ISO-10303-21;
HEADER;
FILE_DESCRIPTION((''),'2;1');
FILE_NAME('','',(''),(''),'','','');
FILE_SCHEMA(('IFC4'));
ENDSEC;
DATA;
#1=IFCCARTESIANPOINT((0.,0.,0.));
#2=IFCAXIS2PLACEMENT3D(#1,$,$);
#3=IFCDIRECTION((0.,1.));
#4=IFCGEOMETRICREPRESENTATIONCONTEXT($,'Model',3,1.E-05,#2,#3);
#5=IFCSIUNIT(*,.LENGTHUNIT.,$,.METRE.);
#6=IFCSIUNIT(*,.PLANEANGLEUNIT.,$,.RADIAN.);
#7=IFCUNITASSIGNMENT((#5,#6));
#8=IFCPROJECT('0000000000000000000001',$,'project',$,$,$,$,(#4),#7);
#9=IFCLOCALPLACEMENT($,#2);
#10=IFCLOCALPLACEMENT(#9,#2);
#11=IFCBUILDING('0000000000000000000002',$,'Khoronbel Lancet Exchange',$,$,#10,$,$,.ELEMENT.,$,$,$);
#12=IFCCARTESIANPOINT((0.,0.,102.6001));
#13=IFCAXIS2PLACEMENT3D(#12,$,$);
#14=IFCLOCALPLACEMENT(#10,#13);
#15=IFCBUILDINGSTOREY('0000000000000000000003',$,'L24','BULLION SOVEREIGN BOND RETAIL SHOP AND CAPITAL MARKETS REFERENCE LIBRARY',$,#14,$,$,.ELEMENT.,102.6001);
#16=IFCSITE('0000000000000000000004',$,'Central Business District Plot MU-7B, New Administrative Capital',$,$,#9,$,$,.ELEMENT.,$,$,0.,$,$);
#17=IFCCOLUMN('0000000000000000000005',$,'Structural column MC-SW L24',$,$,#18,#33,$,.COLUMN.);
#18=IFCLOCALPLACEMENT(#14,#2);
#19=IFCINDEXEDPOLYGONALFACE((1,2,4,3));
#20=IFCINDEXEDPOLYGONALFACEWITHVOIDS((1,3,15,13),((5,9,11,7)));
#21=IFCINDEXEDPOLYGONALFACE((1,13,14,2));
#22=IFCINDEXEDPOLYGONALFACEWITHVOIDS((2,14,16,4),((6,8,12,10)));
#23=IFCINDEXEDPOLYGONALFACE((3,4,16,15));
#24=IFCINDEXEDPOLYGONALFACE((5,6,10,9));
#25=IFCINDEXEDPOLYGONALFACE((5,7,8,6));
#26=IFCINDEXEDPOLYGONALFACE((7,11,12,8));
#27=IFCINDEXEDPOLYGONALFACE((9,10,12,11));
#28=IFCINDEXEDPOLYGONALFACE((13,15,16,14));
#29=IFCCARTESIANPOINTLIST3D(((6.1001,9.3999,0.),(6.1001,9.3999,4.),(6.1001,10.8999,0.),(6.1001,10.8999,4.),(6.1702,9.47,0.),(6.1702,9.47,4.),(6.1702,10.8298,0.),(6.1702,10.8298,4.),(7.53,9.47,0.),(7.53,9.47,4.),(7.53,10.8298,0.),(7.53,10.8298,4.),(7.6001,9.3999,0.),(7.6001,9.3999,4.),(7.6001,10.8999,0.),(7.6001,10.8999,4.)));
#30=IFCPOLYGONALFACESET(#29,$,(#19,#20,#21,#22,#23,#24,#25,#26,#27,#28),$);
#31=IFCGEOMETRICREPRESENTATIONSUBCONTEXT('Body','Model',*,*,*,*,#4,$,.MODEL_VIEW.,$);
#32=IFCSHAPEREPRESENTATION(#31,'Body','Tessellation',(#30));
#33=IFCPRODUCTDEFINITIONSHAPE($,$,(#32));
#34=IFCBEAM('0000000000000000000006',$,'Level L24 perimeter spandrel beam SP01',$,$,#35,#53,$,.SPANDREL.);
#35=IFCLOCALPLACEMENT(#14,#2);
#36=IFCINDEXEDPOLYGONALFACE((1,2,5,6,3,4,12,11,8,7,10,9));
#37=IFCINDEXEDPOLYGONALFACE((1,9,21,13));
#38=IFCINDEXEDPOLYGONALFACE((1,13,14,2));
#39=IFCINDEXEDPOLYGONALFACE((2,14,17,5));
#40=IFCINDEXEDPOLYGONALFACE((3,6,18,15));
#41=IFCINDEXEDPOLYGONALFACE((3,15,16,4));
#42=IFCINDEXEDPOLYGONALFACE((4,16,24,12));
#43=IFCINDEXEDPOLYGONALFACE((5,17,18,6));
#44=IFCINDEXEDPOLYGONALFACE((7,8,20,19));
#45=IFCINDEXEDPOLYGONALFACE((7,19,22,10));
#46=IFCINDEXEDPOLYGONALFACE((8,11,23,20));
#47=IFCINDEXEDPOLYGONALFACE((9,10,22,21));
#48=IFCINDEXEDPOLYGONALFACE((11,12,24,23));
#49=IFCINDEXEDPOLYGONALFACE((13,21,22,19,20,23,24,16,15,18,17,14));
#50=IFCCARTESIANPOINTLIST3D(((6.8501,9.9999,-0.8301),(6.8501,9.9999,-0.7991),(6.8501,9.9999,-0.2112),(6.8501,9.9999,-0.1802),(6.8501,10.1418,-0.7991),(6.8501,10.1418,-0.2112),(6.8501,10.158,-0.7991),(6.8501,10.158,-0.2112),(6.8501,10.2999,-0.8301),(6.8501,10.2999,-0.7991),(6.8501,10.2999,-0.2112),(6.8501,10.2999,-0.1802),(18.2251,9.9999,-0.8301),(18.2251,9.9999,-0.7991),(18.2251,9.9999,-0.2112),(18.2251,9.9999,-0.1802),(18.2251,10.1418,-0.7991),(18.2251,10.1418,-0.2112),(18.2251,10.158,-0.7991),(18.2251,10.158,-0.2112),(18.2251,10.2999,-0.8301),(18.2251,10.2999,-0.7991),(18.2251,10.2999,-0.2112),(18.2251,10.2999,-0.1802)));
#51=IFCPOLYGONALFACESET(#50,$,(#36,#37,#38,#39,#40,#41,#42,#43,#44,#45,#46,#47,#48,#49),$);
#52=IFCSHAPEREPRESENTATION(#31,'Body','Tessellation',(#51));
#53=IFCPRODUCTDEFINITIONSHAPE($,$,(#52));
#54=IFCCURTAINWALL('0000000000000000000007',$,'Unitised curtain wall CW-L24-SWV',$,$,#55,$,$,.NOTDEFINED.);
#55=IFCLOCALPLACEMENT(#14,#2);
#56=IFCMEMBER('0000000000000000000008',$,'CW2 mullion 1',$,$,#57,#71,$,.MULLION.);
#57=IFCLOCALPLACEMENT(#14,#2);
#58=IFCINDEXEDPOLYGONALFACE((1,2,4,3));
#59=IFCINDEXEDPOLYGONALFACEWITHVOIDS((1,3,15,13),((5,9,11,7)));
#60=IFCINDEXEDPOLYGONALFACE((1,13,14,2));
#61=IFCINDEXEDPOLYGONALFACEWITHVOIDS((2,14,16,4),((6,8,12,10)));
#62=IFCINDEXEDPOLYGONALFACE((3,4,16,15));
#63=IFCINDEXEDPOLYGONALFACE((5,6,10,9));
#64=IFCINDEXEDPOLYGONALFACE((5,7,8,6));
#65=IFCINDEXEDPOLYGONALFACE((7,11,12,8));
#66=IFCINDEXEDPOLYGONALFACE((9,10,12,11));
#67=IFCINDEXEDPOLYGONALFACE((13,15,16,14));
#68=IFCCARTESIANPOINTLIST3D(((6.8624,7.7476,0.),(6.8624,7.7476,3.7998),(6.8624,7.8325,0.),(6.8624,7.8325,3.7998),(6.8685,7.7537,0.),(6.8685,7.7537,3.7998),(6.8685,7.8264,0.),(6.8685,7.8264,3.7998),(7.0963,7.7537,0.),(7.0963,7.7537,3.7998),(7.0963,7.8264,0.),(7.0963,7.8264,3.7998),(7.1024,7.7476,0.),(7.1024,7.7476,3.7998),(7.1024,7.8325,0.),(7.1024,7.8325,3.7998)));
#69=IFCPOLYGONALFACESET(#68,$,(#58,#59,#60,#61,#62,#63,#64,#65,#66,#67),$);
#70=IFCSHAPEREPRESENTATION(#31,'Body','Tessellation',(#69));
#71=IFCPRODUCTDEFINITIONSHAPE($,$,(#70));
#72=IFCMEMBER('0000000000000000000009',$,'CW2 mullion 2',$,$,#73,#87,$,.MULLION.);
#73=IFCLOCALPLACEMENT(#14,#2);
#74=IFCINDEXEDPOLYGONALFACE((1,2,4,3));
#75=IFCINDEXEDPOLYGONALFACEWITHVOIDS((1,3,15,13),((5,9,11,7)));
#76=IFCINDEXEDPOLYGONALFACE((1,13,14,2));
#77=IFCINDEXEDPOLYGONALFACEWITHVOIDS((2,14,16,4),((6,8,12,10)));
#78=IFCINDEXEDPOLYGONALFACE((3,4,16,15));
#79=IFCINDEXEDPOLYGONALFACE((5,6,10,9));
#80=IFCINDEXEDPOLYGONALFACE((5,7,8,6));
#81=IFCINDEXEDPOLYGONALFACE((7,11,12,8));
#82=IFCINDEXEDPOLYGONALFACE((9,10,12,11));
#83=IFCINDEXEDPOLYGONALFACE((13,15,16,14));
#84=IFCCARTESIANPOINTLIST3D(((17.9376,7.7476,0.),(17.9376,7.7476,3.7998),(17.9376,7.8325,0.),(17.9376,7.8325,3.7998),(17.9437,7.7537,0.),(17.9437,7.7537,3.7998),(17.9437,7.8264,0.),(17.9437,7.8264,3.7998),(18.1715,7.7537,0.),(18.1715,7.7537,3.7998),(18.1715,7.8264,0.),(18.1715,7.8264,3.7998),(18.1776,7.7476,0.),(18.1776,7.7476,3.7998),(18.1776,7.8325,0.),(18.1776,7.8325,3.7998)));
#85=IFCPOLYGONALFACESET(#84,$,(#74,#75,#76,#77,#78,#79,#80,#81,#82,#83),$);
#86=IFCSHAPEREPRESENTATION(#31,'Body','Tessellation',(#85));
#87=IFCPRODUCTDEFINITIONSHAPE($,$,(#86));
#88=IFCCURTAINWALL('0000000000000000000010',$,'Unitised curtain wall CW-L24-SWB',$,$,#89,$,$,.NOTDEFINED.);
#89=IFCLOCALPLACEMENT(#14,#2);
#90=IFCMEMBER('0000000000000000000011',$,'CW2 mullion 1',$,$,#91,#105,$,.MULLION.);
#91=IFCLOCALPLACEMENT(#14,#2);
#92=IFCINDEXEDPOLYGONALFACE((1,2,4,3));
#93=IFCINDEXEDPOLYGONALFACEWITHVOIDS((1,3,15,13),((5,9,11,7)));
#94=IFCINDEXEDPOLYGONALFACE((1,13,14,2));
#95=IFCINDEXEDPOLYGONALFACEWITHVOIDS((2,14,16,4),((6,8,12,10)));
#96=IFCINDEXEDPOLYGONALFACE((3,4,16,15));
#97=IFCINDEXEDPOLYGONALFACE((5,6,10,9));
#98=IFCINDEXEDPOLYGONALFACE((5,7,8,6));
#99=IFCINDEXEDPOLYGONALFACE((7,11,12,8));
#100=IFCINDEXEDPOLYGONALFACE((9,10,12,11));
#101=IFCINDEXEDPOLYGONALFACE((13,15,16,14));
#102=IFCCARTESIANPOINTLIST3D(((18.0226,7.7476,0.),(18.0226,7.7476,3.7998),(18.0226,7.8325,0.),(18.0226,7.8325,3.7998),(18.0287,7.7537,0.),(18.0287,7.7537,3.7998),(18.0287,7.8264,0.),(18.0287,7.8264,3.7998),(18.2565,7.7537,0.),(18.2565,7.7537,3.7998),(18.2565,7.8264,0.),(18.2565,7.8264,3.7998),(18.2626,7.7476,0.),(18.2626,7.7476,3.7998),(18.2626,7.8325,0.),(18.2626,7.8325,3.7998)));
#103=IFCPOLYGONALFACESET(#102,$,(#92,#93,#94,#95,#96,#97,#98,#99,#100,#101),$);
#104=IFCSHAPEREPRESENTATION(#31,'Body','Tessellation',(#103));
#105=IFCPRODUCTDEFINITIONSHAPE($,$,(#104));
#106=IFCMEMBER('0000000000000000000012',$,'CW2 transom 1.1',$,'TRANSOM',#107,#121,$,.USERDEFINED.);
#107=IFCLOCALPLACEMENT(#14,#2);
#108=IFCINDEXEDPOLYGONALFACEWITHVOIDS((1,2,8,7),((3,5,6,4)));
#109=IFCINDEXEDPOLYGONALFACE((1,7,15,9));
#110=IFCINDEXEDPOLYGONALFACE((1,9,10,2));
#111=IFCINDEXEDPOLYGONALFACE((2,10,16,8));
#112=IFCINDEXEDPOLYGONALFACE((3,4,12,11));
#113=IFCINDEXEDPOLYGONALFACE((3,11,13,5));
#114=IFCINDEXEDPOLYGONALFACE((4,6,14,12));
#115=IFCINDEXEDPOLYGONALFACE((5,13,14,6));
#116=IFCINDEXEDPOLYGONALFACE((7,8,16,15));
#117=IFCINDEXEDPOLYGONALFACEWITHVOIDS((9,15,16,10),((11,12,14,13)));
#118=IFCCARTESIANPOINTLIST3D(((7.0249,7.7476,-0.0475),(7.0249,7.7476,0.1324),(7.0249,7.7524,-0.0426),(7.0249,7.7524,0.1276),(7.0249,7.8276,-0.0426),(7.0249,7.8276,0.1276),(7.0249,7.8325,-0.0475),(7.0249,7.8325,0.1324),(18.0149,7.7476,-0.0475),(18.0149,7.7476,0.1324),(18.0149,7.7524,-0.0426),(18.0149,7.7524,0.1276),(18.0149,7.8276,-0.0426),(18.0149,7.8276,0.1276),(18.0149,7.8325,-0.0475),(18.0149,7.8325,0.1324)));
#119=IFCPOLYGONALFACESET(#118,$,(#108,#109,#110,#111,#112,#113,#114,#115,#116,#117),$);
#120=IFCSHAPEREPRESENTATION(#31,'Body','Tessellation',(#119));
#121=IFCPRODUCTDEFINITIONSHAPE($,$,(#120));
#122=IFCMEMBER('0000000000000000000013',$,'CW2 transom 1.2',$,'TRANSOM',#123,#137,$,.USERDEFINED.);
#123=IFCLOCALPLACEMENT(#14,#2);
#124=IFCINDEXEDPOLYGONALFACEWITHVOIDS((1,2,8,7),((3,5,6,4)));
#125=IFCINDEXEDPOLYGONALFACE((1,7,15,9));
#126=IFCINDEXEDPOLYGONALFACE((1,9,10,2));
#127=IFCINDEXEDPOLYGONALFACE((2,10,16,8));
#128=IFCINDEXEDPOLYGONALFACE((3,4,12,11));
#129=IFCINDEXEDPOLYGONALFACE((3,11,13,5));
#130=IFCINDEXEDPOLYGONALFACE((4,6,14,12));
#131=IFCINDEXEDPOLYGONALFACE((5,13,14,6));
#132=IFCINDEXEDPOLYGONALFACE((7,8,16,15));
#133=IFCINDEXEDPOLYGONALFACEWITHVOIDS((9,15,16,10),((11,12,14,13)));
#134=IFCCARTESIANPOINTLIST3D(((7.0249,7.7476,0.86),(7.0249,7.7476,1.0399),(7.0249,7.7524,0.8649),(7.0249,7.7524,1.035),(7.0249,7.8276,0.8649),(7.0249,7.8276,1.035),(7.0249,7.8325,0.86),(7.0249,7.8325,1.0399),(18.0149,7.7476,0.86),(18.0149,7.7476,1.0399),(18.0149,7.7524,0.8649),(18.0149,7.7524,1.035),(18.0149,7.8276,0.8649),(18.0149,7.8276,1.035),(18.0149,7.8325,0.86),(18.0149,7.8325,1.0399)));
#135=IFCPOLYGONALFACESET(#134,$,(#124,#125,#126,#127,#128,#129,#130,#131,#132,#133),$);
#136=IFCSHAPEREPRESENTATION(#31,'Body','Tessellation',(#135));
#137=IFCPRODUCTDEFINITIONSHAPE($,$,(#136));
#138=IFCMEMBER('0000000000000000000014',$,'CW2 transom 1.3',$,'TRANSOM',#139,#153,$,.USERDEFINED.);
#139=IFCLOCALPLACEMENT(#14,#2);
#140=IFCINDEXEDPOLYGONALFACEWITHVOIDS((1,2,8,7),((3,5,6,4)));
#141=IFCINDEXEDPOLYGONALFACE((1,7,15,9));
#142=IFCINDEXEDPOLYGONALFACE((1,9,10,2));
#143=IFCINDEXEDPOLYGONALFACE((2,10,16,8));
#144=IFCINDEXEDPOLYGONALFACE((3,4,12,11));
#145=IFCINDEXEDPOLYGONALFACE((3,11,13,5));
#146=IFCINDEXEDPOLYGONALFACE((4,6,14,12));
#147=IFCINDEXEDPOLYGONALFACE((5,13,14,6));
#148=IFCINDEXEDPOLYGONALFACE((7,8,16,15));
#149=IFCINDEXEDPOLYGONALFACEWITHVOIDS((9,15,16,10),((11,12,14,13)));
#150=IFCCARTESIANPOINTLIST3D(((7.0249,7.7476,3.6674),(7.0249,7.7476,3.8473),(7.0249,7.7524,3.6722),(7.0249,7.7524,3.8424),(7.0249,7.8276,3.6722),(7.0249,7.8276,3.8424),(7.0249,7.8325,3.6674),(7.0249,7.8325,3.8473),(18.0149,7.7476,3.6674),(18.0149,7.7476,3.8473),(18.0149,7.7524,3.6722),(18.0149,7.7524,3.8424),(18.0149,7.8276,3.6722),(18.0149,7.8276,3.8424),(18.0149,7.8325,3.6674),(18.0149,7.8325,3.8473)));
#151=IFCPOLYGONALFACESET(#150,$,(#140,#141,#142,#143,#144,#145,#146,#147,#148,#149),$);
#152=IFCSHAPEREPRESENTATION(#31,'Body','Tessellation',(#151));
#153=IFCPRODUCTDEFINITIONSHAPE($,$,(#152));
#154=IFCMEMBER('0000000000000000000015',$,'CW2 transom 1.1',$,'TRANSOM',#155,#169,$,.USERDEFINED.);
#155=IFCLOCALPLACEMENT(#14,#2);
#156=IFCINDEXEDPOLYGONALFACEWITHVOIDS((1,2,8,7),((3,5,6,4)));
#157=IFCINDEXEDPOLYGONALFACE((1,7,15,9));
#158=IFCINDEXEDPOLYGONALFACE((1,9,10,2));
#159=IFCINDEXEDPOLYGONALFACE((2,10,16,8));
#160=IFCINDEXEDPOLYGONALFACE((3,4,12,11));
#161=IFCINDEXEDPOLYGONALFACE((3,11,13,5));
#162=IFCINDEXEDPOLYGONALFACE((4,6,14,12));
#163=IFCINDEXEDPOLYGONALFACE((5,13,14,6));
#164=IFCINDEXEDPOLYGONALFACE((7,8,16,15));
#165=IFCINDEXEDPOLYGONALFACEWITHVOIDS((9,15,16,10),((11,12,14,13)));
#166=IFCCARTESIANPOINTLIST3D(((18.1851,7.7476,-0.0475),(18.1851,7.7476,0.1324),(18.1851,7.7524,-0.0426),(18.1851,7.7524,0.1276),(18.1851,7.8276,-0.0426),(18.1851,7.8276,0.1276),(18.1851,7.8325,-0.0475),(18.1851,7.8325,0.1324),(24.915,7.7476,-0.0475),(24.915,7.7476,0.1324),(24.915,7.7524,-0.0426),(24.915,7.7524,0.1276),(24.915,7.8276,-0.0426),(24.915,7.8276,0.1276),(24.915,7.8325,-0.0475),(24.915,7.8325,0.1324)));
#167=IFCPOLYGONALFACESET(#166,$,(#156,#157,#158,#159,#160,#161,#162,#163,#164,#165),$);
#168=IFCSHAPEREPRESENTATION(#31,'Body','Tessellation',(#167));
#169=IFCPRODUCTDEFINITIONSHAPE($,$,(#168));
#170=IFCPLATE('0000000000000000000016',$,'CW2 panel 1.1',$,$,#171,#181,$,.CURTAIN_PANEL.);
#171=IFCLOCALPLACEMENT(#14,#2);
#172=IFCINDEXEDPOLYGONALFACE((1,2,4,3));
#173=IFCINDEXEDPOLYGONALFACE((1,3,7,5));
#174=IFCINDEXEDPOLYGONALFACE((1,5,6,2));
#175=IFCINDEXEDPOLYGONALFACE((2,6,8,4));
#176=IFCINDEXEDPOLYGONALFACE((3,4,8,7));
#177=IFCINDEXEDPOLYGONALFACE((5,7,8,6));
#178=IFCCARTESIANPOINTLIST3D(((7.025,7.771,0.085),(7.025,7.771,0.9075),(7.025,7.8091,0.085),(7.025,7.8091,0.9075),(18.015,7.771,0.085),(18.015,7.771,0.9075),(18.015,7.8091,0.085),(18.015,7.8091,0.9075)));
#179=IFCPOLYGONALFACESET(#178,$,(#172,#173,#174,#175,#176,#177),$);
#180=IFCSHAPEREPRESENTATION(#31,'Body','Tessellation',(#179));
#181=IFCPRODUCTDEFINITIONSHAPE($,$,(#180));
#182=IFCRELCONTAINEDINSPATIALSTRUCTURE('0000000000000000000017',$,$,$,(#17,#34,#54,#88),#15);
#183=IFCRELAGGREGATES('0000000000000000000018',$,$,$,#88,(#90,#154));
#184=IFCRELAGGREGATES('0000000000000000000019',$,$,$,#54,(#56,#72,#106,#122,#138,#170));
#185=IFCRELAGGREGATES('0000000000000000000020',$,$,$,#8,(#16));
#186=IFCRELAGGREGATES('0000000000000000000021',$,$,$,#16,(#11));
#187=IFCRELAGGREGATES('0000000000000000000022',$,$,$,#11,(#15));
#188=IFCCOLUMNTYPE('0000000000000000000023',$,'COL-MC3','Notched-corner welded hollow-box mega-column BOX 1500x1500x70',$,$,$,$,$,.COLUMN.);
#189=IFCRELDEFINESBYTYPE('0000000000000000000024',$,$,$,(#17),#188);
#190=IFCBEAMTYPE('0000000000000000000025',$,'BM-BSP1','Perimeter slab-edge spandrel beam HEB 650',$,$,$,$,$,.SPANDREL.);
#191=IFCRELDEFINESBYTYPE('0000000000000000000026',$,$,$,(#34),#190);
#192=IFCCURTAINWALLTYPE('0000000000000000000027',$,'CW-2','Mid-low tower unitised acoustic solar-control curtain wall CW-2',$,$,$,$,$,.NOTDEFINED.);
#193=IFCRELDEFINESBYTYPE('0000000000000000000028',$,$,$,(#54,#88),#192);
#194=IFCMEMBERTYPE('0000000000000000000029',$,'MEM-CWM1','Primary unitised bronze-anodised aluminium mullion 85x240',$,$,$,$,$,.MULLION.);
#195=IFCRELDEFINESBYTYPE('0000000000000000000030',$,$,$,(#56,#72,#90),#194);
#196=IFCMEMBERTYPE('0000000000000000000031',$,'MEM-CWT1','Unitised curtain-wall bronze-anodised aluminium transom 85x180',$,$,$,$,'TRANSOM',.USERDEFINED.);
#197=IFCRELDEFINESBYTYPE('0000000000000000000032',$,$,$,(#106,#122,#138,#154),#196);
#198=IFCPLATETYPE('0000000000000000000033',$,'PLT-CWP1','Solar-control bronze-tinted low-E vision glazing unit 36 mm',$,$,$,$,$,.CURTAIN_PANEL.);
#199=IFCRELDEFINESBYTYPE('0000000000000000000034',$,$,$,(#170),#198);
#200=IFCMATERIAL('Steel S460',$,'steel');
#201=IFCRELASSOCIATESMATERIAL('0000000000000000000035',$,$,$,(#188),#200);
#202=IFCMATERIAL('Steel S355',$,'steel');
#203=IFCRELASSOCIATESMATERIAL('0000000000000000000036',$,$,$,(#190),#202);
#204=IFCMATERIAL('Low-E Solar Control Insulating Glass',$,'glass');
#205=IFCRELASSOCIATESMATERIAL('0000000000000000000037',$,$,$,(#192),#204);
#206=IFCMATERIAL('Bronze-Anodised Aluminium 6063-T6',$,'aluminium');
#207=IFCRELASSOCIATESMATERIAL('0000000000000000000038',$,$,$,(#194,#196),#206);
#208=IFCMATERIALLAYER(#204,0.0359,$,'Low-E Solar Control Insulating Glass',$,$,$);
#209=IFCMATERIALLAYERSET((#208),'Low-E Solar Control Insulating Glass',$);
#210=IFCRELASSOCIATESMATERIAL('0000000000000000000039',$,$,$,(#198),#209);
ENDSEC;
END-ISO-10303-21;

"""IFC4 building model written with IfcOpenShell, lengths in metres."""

from ifc_helpers import new_model, si_unit, direction, frame, origin, origin_2d, place, context, subcontext, project, spatial, rectangle, hollow_rectangle, i_section, extrude, material, layer, layer_set, material_profile, profile_set, type_object, element, aggregate, save


model = new_model("IFC4")

# Units and contexts
model_context = context("Model", 3, precision=1e-05, world=origin(), true_north=direction((0.0, 1.0)))
body_context = subcontext(model_context, "Body", "Model", "MODEL_VIEW")
ifc_project = project(units=[si_unit("LENGTHUNIT", "METRE"), si_unit("PLANEANGLEUNIT", "RADIAN")], contexts=[model_context])

# Site, building, storey
site_placement = place(None, origin())
site = spatial("IfcSite", under=ifc_project, at=site_placement, Name="Central Business District Plot MU-7B, New Administrative Capital", CompositionType="ELEMENT", RefElevation=0.0)
building_placement = place(site_placement, origin())
building = spatial("IfcBuilding", under=site, at=building_placement, Name="Khoronbel Lancet Exchange", CompositionType="ELEMENT")
storey_placement = place(building_placement, frame((0.0, 0.0, 102.6001)))
storey = spatial("IfcBuildingStorey", under=building, at=storey_placement, Name="L24", Description="BULLION SOVEREIGN BOND RETAIL SHOP AND CAPITAL MARKETS REFERENCE LIBRARY", CompositionType="ELEMENT", Elevation=102.6001)

# Column
ifc_material_1 = material(Name="Steel S460", Category="steel")
ifc_material_profile_1 = material_profile(ifc_material_1, hollow_rectangle(XDim=1.5, YDim=1.5, WallThickness=0.0701, at=origin_2d()), Name="BOX 1500x1500x70")
ifc_profile_set_1 = profile_set([ifc_material_profile_1], Name="Steel S460")
column_type = type_object("IfcColumnType", Name="COL-MC3", Description="Notched-corner welded hollow-box mega-column BOX 1500x1500x70", PredefinedType="COLUMN", material=ifc_profile_set_1)
column_placement = place(storey_placement, frame((6.8501, 10.1499, 0.0), z_axis=(0.0, 0.0, 1.0), x_axis=(1.0, 0.0, 0.0)))
element("IfcColumn", 1, at=column_placement, inside=storey, type_object=column_type, Name="Structural column MC-SW L24", PredefinedType="COLUMN", context=body_context, shape_type="SweptSolid", body=[
    extrude(hollow_rectangle(XDim=1.5, YDim=1.5, WallThickness=0.0701, at=origin_2d()), origin(), (0.0, 0.0, 1.0), 4.0),
])

# Beam
ifc_material_2 = material(Name="Steel S355", Category="steel")
ifc_material_profile_2 = material_profile(ifc_material_2, i_section(OverallWidth=0.3, OverallDepth=0.6499, WebThickness=0.0161, FlangeThickness=0.031, at=origin_2d()), Name="HEB 650")
ifc_profile_set_2 = profile_set([ifc_material_profile_2], Name="Steel S355")
beam_type = type_object("IfcBeamType", Name="BM-BSP1", Description="Perimeter slab-edge spandrel beam HEB 650", PredefinedType="SPANDREL", material=ifc_profile_set_2)
beam_placement = place(storey_placement, frame((6.8501, 10.1499, -0.5051), z_axis=(1.0, 0.0, 0.0), x_axis=(0.0, 1.0, 0.0)))
element("IfcBeam", 2, at=beam_placement, inside=storey, type_object=beam_type, Name="Level L24 perimeter spandrel beam SP01", PredefinedType="SPANDREL", context=body_context, shape_type="SweptSolid", body=[
    extrude(i_section(OverallWidth=0.3, OverallDepth=0.6499, WebThickness=0.0161, FlangeThickness=0.031, at=origin_2d()), origin(), (0.0, 0.0, 1.0), 11.375),
])

# Curtain wall, members
ifc_material_3 = material(Name="Low-E Solar Control Insulating Glass", Category="glass")
curtain_wall_type = type_object("IfcCurtainWallType", Name="CW-2", Description="Mid-low tower unitised acoustic solar-control curtain wall CW-2", PredefinedType="NOTDEFINED", material=ifc_material_3)
curtain_wall_1_placement = place(storey_placement, origin())
curtain_wall_1 = element("IfcCurtainWall", 3, at=curtain_wall_1_placement, inside=storey, type_object=curtain_wall_type, Name="Unitised curtain wall CW-L24-SWV", PredefinedType="NOTDEFINED")
ifc_material_4 = material(Name="Bronze-Anodised Aluminium 6063-T6", Category="aluminium")
ifc_material_profile_3 = material_profile(ifc_material_4, hollow_rectangle(XDim=0.085, YDim=0.24, WallThickness=0.0061, at=origin_2d()), Name="ALU MULLION 85x240")
ifc_profile_set_3 = profile_set([ifc_material_profile_3], Name="Bronze-Anodised Aluminium 6063-T6")
member_type_1 = type_object("IfcMemberType", Name="MEM-CWM1", Description="Primary unitised bronze-anodised aluminium mullion 85x240", PredefinedType="MULLION", material=ifc_profile_set_3)
member_1_placement = place(storey_placement, frame((6.9824, 7.79, 0.0), z_axis=(0.0, 0.0, 1.0), x_axis=(0.0, 1.0, 0.0)))
member_1 = element("IfcMember", 4, at=member_1_placement, type_object=member_type_1, Name="CW2 mullion 1", PredefinedType="MULLION", context=body_context, shape_type="SweptSolid", body=[
    extrude(hollow_rectangle(XDim=0.085, YDim=0.24, WallThickness=0.0061, at=origin_2d()), origin(), (0.0, 0.0, 1.0), 3.7998),
])
member_2_placement = place(storey_placement, frame((18.0576, 7.79, 0.0), z_axis=(0.0, 0.0, 1.0), x_axis=(0.0, 1.0, 0.0)))
member_2 = element("IfcMember", 5, at=member_2_placement, type_object=member_type_1, Name="CW2 mullion 2", PredefinedType="MULLION", context=body_context, shape_type="SweptSolid", body=[
    extrude(hollow_rectangle(XDim=0.085, YDim=0.24, WallThickness=0.0061, at=origin_2d()), origin(), (0.0, 0.0, 1.0), 3.7998),
])

# Curtain wall, member
curtain_wall_2_placement = place(storey_placement, origin())
curtain_wall_2 = element("IfcCurtainWall", 6, at=curtain_wall_2_placement, inside=storey, type_object=curtain_wall_type, Name="Unitised curtain wall CW-L24-SWB", PredefinedType="NOTDEFINED")
member_3_placement = place(storey_placement, frame((18.1426, 7.79, 0.0), z_axis=(0.0, 0.0, 1.0), x_axis=(0.0, 1.0, 0.0)))
member_3 = element("IfcMember", 7, at=member_3_placement, type_object=member_type_1, Name="CW2 mullion 1", PredefinedType="MULLION", context=body_context, shape_type="SweptSolid", body=[
    extrude(hollow_rectangle(XDim=0.085, YDim=0.24, WallThickness=0.0061, at=origin_2d()), origin(), (0.0, 0.0, 1.0), 3.7998),
])

# Members
ifc_material_profile_4 = material_profile(ifc_material_4, hollow_rectangle(XDim=0.085, YDim=0.1799, WallThickness=0.0049, at=origin_2d()), Name="ALU TRANSOM 85x180")
ifc_profile_set_4 = profile_set([ifc_material_profile_4], Name="Bronze-Anodised Aluminium 6063-T6")
member_type_2 = type_object("IfcMemberType", Name="MEM-CWT1", Description="Unitised curtain-wall bronze-anodised aluminium transom 85x180", ElementType="TRANSOM", PredefinedType="USERDEFINED", material=ifc_profile_set_4)
member_4_placement = place(storey_placement, frame((7.0249, 7.79, 0.0425), z_axis=(1.0, 0.0, 0.0), x_axis=(0.0, 1.0, 0.0)))
member_4 = element("IfcMember", 8, at=member_4_placement, type_object=member_type_2, Name="CW2 transom 1.1", ObjectType="TRANSOM", PredefinedType="USERDEFINED", context=body_context, shape_type="SweptSolid", body=[
    extrude(hollow_rectangle(XDim=0.085, YDim=0.1799, WallThickness=0.0049, at=origin_2d()), origin(), (0.0, 0.0, 1.0), 10.99),
])
member_5_placement = place(storey_placement, frame((7.0249, 7.79, 0.95), z_axis=(1.0, 0.0, 0.0), x_axis=(0.0, 1.0, 0.0)))
member_5 = element("IfcMember", 9, at=member_5_placement, type_object=member_type_2, Name="CW2 transom 1.2", ObjectType="TRANSOM", PredefinedType="USERDEFINED", context=body_context, shape_type="SweptSolid", body=[
    extrude(hollow_rectangle(XDim=0.085, YDim=0.1799, WallThickness=0.0049, at=origin_2d()), origin(), (0.0, 0.0, 1.0), 10.99),
])
member_6_placement = place(storey_placement, frame((7.0249, 7.79, 3.7573), z_axis=(1.0, 0.0, 0.0), x_axis=(0.0, 1.0, 0.0)))
member_6 = element("IfcMember", 10, at=member_6_placement, type_object=member_type_2, Name="CW2 transom 1.3", ObjectType="TRANSOM", PredefinedType="USERDEFINED", context=body_context, shape_type="SweptSolid", body=[
    extrude(hollow_rectangle(XDim=0.085, YDim=0.1799, WallThickness=0.0049, at=origin_2d()), origin(), (0.0, 0.0, 1.0), 10.99),
])
member_7_placement = place(storey_placement, frame((18.1851, 7.79, 0.0425), z_axis=(1.0, 0.0, 0.0), x_axis=(0.0, 1.0, 0.0)))
member_7 = element("IfcMember", 11, at=member_7_placement, type_object=member_type_2, Name="CW2 transom 1.1", ObjectType="TRANSOM", PredefinedType="USERDEFINED", context=body_context, shape_type="SweptSolid", body=[
    extrude(hollow_rectangle(XDim=0.085, YDim=0.1799, WallThickness=0.0049, at=origin_2d()), origin(), (0.0, 0.0, 1.0), 6.73),
])
aggregate(curtain_wall_2, [member_3, member_7])

# Plate
ifc_layer_1 = layer(ifc_material_3, 0.0359, Name="Low-E Solar Control Insulating Glass")
ifc_layer_set_1 = layer_set([ifc_layer_1], Name="Low-E Solar Control Insulating Glass")
plate_type = type_object("IfcPlateType", Name="PLT-CWP1", Description="Solar-control bronze-tinted low-E vision glazing unit 36 mm", PredefinedType="CURTAIN_PANEL", material=ifc_layer_set_1)
plate_1_placement = place(storey_placement, frame((12.52, 7.79, 0.085), z_axis=(0.0, 0.0, 1.0), x_axis=(1.0, 0.0, 0.0)))
plate_1 = element("IfcPlate", 12, at=plate_1_placement, type_object=plate_type, Name="CW2 panel 1.1", PredefinedType="CURTAIN_PANEL", context=body_context, shape_type="SweptSolid", body=[
    extrude(rectangle(XDim=10.99, YDim=0.0381, at=origin_2d()), origin(), (0.0, 0.0, 1.0), 0.8225),
])
aggregate(curtain_wall_1, [member_1, member_2, member_4, member_5, member_6, plate_1])

save(model, "model.ifc")
